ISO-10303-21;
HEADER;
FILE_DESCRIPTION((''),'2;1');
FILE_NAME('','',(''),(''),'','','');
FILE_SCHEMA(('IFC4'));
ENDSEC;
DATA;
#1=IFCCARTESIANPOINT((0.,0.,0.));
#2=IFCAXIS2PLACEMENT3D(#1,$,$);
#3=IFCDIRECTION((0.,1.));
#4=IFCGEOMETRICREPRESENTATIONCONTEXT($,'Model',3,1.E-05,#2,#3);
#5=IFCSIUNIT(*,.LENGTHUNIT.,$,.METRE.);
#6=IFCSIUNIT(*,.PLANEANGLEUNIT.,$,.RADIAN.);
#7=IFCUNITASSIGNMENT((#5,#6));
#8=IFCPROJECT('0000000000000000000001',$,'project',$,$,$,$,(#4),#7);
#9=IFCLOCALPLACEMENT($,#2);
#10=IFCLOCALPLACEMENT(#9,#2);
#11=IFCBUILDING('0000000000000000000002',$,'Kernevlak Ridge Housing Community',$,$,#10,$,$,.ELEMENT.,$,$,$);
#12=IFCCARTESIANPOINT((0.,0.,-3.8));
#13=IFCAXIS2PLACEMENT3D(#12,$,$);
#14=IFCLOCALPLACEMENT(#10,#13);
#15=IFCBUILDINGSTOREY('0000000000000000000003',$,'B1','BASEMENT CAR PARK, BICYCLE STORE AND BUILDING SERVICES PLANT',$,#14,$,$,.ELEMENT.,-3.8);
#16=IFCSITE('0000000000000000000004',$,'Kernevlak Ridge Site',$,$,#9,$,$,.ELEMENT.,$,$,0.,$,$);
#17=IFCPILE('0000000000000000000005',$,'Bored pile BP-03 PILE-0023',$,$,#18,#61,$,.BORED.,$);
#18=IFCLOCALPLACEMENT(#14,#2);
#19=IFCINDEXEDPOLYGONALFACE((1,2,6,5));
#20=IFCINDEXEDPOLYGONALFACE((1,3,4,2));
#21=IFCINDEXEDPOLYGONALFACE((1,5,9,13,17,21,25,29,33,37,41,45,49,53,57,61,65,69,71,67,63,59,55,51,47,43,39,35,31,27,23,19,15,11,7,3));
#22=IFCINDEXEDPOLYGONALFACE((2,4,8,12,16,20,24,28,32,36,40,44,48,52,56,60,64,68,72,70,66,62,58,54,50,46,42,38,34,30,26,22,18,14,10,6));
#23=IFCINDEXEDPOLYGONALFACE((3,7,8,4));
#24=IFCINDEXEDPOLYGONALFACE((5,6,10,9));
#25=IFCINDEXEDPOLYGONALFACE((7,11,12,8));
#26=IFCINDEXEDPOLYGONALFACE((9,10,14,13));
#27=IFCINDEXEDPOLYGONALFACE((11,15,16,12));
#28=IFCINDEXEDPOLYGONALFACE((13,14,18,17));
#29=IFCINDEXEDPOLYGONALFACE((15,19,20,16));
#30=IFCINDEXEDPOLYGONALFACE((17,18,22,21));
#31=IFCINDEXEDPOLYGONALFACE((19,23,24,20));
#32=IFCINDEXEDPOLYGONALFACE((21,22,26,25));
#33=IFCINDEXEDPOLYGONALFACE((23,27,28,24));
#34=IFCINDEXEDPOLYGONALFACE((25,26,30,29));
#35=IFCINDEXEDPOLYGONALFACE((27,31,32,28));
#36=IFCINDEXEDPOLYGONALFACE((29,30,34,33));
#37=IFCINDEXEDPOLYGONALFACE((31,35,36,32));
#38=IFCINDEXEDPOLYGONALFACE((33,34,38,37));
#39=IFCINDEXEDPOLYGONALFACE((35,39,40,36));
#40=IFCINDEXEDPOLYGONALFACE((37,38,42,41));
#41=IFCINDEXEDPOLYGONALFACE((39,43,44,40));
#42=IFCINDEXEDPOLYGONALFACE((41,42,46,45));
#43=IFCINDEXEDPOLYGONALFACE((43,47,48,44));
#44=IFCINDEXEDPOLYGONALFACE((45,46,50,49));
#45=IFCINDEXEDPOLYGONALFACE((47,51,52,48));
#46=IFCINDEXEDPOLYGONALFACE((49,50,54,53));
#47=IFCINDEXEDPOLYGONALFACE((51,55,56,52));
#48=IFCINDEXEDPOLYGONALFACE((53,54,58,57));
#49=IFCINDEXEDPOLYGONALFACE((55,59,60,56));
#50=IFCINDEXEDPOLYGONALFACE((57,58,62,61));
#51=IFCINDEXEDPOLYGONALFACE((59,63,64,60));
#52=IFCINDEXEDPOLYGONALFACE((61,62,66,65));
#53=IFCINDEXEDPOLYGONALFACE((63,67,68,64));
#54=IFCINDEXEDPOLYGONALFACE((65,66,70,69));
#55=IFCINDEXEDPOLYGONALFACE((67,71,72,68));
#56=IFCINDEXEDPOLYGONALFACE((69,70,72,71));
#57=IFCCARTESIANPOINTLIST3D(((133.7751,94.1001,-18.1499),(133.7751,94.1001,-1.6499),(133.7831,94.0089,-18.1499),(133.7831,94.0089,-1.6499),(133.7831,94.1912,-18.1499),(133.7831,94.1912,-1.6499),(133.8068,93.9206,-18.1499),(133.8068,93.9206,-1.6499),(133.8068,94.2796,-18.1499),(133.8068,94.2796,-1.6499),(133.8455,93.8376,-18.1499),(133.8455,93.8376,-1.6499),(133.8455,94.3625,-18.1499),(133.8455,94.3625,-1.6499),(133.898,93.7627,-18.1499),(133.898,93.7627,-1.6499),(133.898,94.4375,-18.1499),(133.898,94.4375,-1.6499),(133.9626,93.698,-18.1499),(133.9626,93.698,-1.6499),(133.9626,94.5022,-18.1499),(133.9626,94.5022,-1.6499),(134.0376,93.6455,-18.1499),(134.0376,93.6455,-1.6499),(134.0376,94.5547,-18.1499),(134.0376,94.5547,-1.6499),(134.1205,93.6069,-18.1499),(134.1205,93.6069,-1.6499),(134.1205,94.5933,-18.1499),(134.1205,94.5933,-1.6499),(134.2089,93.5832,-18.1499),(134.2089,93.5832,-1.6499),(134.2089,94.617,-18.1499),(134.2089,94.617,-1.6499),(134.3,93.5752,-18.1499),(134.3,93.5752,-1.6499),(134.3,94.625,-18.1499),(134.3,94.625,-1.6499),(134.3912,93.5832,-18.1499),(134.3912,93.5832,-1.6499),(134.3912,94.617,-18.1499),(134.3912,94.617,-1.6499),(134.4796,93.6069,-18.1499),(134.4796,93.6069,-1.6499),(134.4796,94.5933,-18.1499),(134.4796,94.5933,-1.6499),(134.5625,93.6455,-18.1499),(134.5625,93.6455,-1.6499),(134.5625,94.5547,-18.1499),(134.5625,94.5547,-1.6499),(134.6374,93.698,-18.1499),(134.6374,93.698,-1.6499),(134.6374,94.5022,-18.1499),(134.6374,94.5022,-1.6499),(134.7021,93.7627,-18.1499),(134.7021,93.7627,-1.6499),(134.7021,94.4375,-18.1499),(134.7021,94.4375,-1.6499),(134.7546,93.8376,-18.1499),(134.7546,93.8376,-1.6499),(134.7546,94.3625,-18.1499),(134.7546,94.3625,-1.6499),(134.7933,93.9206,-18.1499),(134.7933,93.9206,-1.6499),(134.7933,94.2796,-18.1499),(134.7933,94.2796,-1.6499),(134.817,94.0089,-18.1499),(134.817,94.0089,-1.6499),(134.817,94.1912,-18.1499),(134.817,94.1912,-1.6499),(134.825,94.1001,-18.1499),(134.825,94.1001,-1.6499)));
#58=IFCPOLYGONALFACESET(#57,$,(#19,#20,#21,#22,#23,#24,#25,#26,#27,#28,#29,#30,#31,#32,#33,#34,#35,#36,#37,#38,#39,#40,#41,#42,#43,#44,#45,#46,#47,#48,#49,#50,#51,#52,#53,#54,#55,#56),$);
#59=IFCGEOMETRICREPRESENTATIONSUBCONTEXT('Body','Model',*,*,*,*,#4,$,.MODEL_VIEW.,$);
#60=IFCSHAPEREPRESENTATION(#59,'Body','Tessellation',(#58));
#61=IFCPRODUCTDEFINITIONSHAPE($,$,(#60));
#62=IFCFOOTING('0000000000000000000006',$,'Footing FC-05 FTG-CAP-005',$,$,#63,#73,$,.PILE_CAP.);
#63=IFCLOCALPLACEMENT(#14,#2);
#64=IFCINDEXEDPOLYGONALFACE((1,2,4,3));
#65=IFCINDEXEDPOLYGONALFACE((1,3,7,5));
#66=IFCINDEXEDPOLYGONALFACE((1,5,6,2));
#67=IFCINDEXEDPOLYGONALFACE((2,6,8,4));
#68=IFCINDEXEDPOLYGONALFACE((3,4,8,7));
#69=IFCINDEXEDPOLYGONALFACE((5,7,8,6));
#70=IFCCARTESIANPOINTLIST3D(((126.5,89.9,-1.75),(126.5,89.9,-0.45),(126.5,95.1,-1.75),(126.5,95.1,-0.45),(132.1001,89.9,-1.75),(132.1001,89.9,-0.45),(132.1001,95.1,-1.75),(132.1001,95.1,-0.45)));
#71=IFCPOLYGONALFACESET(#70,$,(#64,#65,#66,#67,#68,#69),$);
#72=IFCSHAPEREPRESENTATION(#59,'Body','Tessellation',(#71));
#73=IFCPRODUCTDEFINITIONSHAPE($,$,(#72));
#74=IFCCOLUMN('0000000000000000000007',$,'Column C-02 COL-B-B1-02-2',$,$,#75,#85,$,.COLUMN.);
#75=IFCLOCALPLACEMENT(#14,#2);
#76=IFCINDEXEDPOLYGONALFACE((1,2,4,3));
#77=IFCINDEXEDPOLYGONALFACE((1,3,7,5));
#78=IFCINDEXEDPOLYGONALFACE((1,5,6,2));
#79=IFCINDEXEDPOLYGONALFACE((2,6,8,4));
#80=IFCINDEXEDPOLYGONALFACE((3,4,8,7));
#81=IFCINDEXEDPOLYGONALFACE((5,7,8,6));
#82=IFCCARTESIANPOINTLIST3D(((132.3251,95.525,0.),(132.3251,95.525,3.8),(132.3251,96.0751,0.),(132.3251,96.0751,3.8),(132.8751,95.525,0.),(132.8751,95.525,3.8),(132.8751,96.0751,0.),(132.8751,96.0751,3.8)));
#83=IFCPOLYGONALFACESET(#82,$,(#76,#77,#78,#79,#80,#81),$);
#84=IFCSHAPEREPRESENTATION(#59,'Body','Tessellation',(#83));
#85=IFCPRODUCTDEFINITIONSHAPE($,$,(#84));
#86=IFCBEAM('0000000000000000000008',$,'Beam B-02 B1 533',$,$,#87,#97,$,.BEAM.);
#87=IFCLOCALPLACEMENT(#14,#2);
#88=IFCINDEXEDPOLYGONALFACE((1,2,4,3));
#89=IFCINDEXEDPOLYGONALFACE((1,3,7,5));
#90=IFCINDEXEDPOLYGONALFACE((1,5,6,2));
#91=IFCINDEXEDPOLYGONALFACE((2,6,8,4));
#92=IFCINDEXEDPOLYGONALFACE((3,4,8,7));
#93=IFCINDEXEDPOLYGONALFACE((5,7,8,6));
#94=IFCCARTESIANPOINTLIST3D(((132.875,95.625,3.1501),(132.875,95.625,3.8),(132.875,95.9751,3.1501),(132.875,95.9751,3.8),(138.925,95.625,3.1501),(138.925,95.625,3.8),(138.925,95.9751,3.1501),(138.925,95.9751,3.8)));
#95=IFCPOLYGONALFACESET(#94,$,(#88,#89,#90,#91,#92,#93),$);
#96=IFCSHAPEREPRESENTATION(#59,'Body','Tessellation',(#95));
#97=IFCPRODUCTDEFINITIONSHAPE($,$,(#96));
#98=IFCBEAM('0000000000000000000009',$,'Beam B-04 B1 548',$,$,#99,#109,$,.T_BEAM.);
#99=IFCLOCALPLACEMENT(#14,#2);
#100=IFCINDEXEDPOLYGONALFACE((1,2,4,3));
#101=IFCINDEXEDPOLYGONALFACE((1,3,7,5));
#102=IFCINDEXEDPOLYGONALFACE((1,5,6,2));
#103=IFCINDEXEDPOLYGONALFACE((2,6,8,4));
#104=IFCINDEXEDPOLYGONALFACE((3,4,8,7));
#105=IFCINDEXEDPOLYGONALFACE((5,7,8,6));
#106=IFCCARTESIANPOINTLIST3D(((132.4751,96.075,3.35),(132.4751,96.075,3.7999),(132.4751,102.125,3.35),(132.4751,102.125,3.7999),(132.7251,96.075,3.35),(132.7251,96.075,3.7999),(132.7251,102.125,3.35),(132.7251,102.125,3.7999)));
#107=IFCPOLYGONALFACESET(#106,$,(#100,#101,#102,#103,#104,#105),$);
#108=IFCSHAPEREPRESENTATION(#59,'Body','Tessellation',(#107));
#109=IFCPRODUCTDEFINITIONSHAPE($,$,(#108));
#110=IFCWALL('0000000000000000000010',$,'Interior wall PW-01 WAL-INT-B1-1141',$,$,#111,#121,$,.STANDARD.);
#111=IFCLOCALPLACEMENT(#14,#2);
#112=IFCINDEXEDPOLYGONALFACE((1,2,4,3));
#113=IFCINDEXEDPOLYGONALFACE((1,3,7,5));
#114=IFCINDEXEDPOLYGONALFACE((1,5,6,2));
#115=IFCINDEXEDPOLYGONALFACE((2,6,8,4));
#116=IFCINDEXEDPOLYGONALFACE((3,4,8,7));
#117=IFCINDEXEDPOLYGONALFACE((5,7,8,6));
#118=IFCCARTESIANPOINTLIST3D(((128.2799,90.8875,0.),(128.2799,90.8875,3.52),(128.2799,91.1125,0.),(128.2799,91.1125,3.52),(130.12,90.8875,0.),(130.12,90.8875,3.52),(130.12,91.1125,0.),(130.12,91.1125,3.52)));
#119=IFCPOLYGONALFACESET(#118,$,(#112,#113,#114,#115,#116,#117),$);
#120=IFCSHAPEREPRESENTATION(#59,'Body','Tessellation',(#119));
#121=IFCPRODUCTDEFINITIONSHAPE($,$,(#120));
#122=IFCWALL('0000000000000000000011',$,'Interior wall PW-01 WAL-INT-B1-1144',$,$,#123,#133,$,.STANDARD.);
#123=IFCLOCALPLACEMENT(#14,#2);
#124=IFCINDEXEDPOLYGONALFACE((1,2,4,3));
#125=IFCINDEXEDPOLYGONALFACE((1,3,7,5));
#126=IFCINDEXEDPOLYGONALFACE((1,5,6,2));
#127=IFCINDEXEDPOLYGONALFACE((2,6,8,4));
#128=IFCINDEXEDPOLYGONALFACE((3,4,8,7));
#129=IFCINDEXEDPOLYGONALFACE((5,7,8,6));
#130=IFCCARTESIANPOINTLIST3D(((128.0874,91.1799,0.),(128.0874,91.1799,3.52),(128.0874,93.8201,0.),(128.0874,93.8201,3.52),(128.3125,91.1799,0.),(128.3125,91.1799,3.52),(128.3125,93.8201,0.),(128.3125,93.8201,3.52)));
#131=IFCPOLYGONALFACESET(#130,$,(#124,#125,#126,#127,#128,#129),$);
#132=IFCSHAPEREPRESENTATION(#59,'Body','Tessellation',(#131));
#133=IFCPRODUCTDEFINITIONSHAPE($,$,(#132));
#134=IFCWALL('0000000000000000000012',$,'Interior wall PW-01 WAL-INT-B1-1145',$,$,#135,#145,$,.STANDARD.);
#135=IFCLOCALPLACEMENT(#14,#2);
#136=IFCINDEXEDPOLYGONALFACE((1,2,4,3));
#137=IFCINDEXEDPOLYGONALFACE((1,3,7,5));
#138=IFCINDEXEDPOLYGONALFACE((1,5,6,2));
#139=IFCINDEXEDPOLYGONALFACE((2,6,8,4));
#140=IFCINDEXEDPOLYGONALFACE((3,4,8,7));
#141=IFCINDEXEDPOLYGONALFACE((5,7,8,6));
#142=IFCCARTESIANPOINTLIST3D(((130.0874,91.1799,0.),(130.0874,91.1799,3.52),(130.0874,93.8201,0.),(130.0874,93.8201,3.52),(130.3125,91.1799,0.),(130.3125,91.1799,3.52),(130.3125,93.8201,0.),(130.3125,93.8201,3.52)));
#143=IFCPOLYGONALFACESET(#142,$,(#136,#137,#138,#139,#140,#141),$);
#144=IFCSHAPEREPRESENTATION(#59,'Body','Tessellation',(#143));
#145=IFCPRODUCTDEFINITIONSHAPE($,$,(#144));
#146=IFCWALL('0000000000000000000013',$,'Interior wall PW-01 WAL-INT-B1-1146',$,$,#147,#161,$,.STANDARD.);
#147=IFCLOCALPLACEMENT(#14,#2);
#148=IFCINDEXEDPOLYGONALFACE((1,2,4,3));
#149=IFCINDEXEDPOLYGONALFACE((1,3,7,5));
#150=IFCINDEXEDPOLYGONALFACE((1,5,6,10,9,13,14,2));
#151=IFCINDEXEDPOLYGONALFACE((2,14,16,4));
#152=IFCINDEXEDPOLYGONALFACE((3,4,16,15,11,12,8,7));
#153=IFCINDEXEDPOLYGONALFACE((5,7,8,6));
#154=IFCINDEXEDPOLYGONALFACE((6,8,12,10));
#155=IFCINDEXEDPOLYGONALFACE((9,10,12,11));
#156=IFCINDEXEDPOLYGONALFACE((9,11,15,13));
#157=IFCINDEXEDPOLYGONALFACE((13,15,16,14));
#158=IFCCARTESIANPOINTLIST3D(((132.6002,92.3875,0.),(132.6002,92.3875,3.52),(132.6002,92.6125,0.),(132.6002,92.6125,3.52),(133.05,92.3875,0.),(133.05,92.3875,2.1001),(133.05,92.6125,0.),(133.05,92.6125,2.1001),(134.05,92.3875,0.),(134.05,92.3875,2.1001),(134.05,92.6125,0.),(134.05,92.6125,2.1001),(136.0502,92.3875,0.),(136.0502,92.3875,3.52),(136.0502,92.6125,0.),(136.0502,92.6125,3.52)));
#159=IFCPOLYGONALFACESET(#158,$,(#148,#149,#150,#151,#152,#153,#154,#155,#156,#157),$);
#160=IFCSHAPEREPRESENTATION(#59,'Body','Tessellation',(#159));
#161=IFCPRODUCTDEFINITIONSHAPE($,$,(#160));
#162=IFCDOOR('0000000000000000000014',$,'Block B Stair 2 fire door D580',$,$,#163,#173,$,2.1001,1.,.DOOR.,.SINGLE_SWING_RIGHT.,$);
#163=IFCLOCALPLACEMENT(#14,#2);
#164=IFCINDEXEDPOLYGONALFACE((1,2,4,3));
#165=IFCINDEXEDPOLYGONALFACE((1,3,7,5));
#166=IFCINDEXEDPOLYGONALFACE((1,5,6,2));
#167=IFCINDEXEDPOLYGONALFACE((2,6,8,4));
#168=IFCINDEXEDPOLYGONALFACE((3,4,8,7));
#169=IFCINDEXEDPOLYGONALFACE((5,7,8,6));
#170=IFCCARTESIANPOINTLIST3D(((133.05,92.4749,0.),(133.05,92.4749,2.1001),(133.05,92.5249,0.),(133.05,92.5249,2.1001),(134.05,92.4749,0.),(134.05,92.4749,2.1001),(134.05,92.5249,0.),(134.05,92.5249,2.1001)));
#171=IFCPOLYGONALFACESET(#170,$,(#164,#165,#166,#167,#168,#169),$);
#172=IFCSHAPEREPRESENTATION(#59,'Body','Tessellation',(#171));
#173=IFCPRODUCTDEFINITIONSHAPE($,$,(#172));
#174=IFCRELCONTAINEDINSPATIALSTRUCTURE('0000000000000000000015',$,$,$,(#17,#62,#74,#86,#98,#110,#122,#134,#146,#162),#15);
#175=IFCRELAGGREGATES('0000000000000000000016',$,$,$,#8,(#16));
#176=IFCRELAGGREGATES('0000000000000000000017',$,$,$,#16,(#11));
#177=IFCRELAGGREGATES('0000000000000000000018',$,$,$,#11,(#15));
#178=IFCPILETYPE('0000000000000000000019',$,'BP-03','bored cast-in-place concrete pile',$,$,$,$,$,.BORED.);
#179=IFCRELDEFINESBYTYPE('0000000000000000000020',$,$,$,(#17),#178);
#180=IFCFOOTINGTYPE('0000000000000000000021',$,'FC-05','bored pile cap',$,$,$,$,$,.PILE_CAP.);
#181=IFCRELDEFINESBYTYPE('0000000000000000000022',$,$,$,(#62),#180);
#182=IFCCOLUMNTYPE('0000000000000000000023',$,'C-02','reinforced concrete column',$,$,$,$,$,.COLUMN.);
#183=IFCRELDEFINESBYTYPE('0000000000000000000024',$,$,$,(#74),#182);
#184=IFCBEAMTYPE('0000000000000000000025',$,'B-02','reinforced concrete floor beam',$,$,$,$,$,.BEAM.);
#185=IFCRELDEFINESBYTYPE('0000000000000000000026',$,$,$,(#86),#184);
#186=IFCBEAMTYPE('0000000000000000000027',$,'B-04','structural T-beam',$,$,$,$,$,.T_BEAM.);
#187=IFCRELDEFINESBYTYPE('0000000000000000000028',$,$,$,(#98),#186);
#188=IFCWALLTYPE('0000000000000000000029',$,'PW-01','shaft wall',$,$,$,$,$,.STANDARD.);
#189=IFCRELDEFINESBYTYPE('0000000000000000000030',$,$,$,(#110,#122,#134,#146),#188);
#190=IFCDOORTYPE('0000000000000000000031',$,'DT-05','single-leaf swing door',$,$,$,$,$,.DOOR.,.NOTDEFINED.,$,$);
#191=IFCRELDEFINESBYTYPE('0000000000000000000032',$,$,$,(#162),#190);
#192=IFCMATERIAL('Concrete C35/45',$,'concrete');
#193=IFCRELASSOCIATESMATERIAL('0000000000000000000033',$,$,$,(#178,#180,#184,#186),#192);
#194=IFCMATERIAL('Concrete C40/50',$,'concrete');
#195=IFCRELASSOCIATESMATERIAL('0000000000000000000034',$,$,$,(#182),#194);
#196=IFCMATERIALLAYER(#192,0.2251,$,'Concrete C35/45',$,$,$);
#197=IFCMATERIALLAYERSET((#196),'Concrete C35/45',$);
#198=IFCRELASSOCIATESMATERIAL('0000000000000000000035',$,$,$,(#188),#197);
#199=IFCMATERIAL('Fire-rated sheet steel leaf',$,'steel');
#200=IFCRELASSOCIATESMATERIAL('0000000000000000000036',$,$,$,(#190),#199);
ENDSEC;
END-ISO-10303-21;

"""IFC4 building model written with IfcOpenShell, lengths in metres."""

from ifc_helpers import new_model, si_unit, direction, frame, frame_2d, origin, origin_2d, place, context, subcontext, project, spatial, rectangle, circle, extrude, material, layer, layer_set, material_profile, profile_set, type_object, element, fill, save


model = new_model("IFC4")

# Units and contexts
model_context = context("Model", 3, precision=1e-05, world=origin(), true_north=direction((0.0, 1.0)))
body_context = subcontext(model_context, "Body", "Model", "MODEL_VIEW")
ifc_project = project(units=[si_unit("LENGTHUNIT", "METRE"), si_unit("PLANEANGLEUNIT", "RADIAN")], contexts=[model_context])

# Site, building, storey
site_placement = place(None, origin())
site = spatial("IfcSite", under=ifc_project, at=site_placement, Name="Kernevlak Ridge Site", CompositionType="ELEMENT", RefElevation=0.0)
building_placement = place(site_placement, origin())
building = spatial("IfcBuilding", under=site, at=building_placement, Name="Kernevlak Ridge Housing Community", CompositionType="ELEMENT")
storey_placement = place(building_placement, frame((0.0, 0.0, -3.8)))
storey = spatial("IfcBuildingStorey", under=building, at=storey_placement, Name="B1", Description="BASEMENT CAR PARK, BICYCLE STORE AND BUILDING SERVICES PLANT", CompositionType="ELEMENT", Elevation=-3.8)

# Pile
ifc_material_1 = material(Name="Concrete C35/45", Category="concrete")
ifc_material_profile_1 = material_profile(ifc_material_1, circle(Radius=0.5249, at=origin_2d()), Name="BORED PILE 1050")
ifc_profile_set_1 = profile_set([ifc_material_profile_1], Name="Concrete C35/45")
pile_type_1 = type_object("IfcPileType", Name="BP-03", Description="bored cast-in-place concrete pile", PredefinedType="BORED", material=ifc_profile_set_1)
for number, where, z_axis, x_axis, name in (
    (1, (134.3, 94.1001, -1.6499), (0.0, 0.0, -1.0), (1.0, 0.0, 0.0), "Bored pile BP-03 PILE-0023"),
):
    element("IfcPile", number, at=place(storey_placement, frame(where, z_axis=z_axis, x_axis=x_axis)), inside=storey, type_object=pile_type_1, Name=name, PredefinedType="BORED", context=body_context, shape_type="SweptSolid", body=[
        extrude(circle(Radius=0.5249, at=origin_2d()), origin(), (0.0, 0.0, 1.0), 16.5),
    ])

# Footing
footing_type = type_object("IfcFootingType", Name="FC-05", Description="bored pile cap", PredefinedType="PILE_CAP", material=ifc_material_1)
footing_placement = place(storey_placement, frame((129.3, 92.5, -1.75), z_axis=(0.0, 0.0, 1.0), x_axis=(1.0, 0.0, 0.0)))
element("IfcFooting", 2, at=footing_placement, inside=storey, type_object=footing_type, Name="Footing FC-05 FTG-CAP-005", PredefinedType="PILE_CAP", context=body_context, shape_type="SweptSolid", body=[
    extrude(rectangle(XDim=5.6001, YDim=5.2, at=origin_2d()), origin(), (0.0, 0.0, 1.0), 1.3),
])

# Column
ifc_material_2 = material(Name="Concrete C40/50", Category="concrete")
ifc_material_profile_2 = material_profile(ifc_material_2, rectangle(XDim=0.55, YDim=0.55, at=origin_2d()), Name="RC 550x550")
ifc_profile_set_2 = profile_set([ifc_material_profile_2], Name="Concrete C40/50")
column_type = type_object("IfcColumnType", Name="C-02", Description="reinforced concrete column", PredefinedType="COLUMN", material=ifc_profile_set_2)
column_placement = place(storey_placement, frame((132.6001, 95.8, 0.0), z_axis=(0.0, 0.0, 1.0), x_axis=(1.0, 0.0, 0.0)))
element("IfcColumn", 3, at=column_placement, inside=storey, type_object=column_type, Name="Column C-02 COL-B-B1-02-2", PredefinedType="COLUMN", context=body_context, shape_type="SweptSolid", body=[
    extrude(rectangle(XDim=0.55, YDim=0.55, at=origin_2d()), origin(), (0.0, 0.0, 1.0), 3.8),
])

# Beams
ifc_material_profile_3 = material_profile(ifc_material_1, rectangle(XDim=0.3501, YDim=0.6499, at=origin_2d()), Name="RC 350x650")
ifc_profile_set_3 = profile_set([ifc_material_profile_3], Name="Concrete C35/45")
beam_type_1 = type_object("IfcBeamType", Name="B-02", Description="reinforced concrete floor beam", PredefinedType="BEAM", material=ifc_profile_set_3)
beam_1_placement = place(storey_placement, frame((132.875, 95.8, 3.4751), z_axis=(1.0, 0.0, 0.0), x_axis=(0.0, 1.0, 0.0)))
element("IfcBeam", 4, at=beam_1_placement, inside=storey, type_object=beam_type_1, Name="Beam B-02 B1 533", PredefinedType="BEAM", context=body_context, shape_type="SweptSolid", body=[
    extrude(rectangle(XDim=0.3501, YDim=0.6499, at=origin_2d()), origin(), (0.0, 0.0, 1.0), 6.05),
])
ifc_material_profile_4 = material_profile(ifc_material_1, rectangle(XDim=0.25, YDim=0.45, at=origin_2d()), Name="RC 250x450")
ifc_profile_set_4 = profile_set([ifc_material_profile_4], Name="Concrete C35/45")
beam_type_2 = type_object("IfcBeamType", Name="B-04", Description="structural T-beam", PredefinedType="T_BEAM", material=ifc_profile_set_4)
beam_2_placement = place(storey_placement, frame((132.6001, 96.075, 3.575), z_axis=(0.0, 1.0, 0.0), x_axis=(-1.0, 0.0, 0.0)))
element("IfcBeam", 5, at=beam_2_placement, inside=storey, type_object=beam_type_2, Name="Beam B-04 B1 548", PredefinedType="T_BEAM", context=body_context, shape_type="SweptSolid", body=[
    extrude(rectangle(XDim=0.25, YDim=0.45, at=origin_2d()), origin(), (0.0, 0.0, 1.0), 6.05),
])

# Walls
ifc_layer_1 = layer(ifc_material_1, 0.2251, Name="Concrete C35/45")
ifc_layer_set_1 = layer_set([ifc_layer_1], Name="Concrete C35/45")
wall_type_1 = type_object("IfcWallType", Name="PW-01", Description="shaft wall", PredefinedType="STANDARD", material=ifc_layer_set_1)
wall_1_placement = place(storey_placement, frame((128.28, 91.0, 0.0), z_axis=(0.0, 0.0, 1.0), x_axis=(1.0, 0.0, 0.0)))
element("IfcWall", 6, at=wall_1_placement, inside=storey, type_object=wall_type_1, Name="Interior wall PW-01 WAL-INT-B1-1141", PredefinedType="STANDARD", context=body_context, shape_type="SweptSolid", body=[
    extrude(rectangle(XDim=1.8401, YDim=0.2251, at=frame_2d((0.9199, 0.0))), origin(), (0.0, 0.0, 1.0), 3.52),
])
for number, where, z_axis, x_axis, name in (
    (7, (128.2, 91.1799, 0.0), (0.0, 0.0, 1.0), (0.0, 1.0, 0.0), "Interior wall PW-01 WAL-INT-B1-1144"),
    (8, (130.2, 91.1799, 0.0), (0.0, 0.0, 1.0), (0.0, 1.0, 0.0), "Interior wall PW-01 WAL-INT-B1-1145"),
):
    element("IfcWall", number, at=place(storey_placement, frame(where, z_axis=z_axis, x_axis=x_axis)), inside=storey, type_object=wall_type_1, Name=name, PredefinedType="STANDARD", context=body_context, shape_type="SweptSolid", body=[
        extrude(rectangle(XDim=2.6401, YDim=0.2251, at=frame_2d((1.3201, 0.0))), origin(), (0.0, 0.0, 1.0), 3.52),
    ])

# Wall, opening, door
wall_2_placement = place(storey_placement, frame((132.6001, 92.5, 0.0), z_axis=(0.0, 0.0, 1.0), x_axis=(1.0, 0.0, 0.0)))
wall_2 = element("IfcWall", 9, at=wall_2_placement, inside=storey, type_object=wall_type_1, Name="Interior wall PW-01 WAL-INT-B1-1146", PredefinedType="STANDARD", context=body_context, shape_type="SweptSolid", body=[
    extrude(rectangle(XDim=3.45, YDim=0.2251, at=frame_2d((1.7251, 0.0))), origin(), (0.0, 0.0, 1.0), 3.52),
])
opening_1_placement = place(wall_2_placement, frame((0.45, 0.0, 0.0)))
opening_1 = element("IfcOpeningElement", 10, at=opening_1_placement, cuts=wall_2, PredefinedType="OPENING", context=body_context, shape_type="SweptSolid", body=[
    extrude(rectangle(XDim=1.0, YDim=2.1001, at=frame_2d((0.5, 1.05))), frame((0.0, 0.1226, 0.0), z_axis=(0.0, -1.0, 0.0), x_axis=(1.0, 0.0, 0.0)), (0.0, 0.0, 1.0), 0.2451),
])
ifc_material_3 = material(Name="Fire-rated sheet steel leaf", Category="steel")
door_type_1 = type_object("IfcDoorType", Name="DT-05", Description="single-leaf swing door", OperationType="NOTDEFINED", PredefinedType="DOOR", material=ifc_material_3)
door_1_placement = place(opening_1_placement, origin())
door_1 = element("IfcDoor", 11, at=door_1_placement, inside=storey, type_object=door_type_1, Name="Block B Stair 2 fire door D580", OperationType="SINGLE_SWING_RIGHT", OverallHeight=2.1001, OverallWidth=1.0, PredefinedType="DOOR", context=body_context, shape_type="SweptSolid", body=[
    extrude(rectangle(XDim=1.0, YDim=2.1001, at=frame_2d((0.5, 1.05))), frame((0.0, 0.0249, 0.0), z_axis=(0.0, -1.0, 0.0), x_axis=(1.0, 0.0, 0.0)), (0.0, 0.0, 1.0), 0.05),
])
fill(opening_1, door_1)

save(model, "model.ifc")
